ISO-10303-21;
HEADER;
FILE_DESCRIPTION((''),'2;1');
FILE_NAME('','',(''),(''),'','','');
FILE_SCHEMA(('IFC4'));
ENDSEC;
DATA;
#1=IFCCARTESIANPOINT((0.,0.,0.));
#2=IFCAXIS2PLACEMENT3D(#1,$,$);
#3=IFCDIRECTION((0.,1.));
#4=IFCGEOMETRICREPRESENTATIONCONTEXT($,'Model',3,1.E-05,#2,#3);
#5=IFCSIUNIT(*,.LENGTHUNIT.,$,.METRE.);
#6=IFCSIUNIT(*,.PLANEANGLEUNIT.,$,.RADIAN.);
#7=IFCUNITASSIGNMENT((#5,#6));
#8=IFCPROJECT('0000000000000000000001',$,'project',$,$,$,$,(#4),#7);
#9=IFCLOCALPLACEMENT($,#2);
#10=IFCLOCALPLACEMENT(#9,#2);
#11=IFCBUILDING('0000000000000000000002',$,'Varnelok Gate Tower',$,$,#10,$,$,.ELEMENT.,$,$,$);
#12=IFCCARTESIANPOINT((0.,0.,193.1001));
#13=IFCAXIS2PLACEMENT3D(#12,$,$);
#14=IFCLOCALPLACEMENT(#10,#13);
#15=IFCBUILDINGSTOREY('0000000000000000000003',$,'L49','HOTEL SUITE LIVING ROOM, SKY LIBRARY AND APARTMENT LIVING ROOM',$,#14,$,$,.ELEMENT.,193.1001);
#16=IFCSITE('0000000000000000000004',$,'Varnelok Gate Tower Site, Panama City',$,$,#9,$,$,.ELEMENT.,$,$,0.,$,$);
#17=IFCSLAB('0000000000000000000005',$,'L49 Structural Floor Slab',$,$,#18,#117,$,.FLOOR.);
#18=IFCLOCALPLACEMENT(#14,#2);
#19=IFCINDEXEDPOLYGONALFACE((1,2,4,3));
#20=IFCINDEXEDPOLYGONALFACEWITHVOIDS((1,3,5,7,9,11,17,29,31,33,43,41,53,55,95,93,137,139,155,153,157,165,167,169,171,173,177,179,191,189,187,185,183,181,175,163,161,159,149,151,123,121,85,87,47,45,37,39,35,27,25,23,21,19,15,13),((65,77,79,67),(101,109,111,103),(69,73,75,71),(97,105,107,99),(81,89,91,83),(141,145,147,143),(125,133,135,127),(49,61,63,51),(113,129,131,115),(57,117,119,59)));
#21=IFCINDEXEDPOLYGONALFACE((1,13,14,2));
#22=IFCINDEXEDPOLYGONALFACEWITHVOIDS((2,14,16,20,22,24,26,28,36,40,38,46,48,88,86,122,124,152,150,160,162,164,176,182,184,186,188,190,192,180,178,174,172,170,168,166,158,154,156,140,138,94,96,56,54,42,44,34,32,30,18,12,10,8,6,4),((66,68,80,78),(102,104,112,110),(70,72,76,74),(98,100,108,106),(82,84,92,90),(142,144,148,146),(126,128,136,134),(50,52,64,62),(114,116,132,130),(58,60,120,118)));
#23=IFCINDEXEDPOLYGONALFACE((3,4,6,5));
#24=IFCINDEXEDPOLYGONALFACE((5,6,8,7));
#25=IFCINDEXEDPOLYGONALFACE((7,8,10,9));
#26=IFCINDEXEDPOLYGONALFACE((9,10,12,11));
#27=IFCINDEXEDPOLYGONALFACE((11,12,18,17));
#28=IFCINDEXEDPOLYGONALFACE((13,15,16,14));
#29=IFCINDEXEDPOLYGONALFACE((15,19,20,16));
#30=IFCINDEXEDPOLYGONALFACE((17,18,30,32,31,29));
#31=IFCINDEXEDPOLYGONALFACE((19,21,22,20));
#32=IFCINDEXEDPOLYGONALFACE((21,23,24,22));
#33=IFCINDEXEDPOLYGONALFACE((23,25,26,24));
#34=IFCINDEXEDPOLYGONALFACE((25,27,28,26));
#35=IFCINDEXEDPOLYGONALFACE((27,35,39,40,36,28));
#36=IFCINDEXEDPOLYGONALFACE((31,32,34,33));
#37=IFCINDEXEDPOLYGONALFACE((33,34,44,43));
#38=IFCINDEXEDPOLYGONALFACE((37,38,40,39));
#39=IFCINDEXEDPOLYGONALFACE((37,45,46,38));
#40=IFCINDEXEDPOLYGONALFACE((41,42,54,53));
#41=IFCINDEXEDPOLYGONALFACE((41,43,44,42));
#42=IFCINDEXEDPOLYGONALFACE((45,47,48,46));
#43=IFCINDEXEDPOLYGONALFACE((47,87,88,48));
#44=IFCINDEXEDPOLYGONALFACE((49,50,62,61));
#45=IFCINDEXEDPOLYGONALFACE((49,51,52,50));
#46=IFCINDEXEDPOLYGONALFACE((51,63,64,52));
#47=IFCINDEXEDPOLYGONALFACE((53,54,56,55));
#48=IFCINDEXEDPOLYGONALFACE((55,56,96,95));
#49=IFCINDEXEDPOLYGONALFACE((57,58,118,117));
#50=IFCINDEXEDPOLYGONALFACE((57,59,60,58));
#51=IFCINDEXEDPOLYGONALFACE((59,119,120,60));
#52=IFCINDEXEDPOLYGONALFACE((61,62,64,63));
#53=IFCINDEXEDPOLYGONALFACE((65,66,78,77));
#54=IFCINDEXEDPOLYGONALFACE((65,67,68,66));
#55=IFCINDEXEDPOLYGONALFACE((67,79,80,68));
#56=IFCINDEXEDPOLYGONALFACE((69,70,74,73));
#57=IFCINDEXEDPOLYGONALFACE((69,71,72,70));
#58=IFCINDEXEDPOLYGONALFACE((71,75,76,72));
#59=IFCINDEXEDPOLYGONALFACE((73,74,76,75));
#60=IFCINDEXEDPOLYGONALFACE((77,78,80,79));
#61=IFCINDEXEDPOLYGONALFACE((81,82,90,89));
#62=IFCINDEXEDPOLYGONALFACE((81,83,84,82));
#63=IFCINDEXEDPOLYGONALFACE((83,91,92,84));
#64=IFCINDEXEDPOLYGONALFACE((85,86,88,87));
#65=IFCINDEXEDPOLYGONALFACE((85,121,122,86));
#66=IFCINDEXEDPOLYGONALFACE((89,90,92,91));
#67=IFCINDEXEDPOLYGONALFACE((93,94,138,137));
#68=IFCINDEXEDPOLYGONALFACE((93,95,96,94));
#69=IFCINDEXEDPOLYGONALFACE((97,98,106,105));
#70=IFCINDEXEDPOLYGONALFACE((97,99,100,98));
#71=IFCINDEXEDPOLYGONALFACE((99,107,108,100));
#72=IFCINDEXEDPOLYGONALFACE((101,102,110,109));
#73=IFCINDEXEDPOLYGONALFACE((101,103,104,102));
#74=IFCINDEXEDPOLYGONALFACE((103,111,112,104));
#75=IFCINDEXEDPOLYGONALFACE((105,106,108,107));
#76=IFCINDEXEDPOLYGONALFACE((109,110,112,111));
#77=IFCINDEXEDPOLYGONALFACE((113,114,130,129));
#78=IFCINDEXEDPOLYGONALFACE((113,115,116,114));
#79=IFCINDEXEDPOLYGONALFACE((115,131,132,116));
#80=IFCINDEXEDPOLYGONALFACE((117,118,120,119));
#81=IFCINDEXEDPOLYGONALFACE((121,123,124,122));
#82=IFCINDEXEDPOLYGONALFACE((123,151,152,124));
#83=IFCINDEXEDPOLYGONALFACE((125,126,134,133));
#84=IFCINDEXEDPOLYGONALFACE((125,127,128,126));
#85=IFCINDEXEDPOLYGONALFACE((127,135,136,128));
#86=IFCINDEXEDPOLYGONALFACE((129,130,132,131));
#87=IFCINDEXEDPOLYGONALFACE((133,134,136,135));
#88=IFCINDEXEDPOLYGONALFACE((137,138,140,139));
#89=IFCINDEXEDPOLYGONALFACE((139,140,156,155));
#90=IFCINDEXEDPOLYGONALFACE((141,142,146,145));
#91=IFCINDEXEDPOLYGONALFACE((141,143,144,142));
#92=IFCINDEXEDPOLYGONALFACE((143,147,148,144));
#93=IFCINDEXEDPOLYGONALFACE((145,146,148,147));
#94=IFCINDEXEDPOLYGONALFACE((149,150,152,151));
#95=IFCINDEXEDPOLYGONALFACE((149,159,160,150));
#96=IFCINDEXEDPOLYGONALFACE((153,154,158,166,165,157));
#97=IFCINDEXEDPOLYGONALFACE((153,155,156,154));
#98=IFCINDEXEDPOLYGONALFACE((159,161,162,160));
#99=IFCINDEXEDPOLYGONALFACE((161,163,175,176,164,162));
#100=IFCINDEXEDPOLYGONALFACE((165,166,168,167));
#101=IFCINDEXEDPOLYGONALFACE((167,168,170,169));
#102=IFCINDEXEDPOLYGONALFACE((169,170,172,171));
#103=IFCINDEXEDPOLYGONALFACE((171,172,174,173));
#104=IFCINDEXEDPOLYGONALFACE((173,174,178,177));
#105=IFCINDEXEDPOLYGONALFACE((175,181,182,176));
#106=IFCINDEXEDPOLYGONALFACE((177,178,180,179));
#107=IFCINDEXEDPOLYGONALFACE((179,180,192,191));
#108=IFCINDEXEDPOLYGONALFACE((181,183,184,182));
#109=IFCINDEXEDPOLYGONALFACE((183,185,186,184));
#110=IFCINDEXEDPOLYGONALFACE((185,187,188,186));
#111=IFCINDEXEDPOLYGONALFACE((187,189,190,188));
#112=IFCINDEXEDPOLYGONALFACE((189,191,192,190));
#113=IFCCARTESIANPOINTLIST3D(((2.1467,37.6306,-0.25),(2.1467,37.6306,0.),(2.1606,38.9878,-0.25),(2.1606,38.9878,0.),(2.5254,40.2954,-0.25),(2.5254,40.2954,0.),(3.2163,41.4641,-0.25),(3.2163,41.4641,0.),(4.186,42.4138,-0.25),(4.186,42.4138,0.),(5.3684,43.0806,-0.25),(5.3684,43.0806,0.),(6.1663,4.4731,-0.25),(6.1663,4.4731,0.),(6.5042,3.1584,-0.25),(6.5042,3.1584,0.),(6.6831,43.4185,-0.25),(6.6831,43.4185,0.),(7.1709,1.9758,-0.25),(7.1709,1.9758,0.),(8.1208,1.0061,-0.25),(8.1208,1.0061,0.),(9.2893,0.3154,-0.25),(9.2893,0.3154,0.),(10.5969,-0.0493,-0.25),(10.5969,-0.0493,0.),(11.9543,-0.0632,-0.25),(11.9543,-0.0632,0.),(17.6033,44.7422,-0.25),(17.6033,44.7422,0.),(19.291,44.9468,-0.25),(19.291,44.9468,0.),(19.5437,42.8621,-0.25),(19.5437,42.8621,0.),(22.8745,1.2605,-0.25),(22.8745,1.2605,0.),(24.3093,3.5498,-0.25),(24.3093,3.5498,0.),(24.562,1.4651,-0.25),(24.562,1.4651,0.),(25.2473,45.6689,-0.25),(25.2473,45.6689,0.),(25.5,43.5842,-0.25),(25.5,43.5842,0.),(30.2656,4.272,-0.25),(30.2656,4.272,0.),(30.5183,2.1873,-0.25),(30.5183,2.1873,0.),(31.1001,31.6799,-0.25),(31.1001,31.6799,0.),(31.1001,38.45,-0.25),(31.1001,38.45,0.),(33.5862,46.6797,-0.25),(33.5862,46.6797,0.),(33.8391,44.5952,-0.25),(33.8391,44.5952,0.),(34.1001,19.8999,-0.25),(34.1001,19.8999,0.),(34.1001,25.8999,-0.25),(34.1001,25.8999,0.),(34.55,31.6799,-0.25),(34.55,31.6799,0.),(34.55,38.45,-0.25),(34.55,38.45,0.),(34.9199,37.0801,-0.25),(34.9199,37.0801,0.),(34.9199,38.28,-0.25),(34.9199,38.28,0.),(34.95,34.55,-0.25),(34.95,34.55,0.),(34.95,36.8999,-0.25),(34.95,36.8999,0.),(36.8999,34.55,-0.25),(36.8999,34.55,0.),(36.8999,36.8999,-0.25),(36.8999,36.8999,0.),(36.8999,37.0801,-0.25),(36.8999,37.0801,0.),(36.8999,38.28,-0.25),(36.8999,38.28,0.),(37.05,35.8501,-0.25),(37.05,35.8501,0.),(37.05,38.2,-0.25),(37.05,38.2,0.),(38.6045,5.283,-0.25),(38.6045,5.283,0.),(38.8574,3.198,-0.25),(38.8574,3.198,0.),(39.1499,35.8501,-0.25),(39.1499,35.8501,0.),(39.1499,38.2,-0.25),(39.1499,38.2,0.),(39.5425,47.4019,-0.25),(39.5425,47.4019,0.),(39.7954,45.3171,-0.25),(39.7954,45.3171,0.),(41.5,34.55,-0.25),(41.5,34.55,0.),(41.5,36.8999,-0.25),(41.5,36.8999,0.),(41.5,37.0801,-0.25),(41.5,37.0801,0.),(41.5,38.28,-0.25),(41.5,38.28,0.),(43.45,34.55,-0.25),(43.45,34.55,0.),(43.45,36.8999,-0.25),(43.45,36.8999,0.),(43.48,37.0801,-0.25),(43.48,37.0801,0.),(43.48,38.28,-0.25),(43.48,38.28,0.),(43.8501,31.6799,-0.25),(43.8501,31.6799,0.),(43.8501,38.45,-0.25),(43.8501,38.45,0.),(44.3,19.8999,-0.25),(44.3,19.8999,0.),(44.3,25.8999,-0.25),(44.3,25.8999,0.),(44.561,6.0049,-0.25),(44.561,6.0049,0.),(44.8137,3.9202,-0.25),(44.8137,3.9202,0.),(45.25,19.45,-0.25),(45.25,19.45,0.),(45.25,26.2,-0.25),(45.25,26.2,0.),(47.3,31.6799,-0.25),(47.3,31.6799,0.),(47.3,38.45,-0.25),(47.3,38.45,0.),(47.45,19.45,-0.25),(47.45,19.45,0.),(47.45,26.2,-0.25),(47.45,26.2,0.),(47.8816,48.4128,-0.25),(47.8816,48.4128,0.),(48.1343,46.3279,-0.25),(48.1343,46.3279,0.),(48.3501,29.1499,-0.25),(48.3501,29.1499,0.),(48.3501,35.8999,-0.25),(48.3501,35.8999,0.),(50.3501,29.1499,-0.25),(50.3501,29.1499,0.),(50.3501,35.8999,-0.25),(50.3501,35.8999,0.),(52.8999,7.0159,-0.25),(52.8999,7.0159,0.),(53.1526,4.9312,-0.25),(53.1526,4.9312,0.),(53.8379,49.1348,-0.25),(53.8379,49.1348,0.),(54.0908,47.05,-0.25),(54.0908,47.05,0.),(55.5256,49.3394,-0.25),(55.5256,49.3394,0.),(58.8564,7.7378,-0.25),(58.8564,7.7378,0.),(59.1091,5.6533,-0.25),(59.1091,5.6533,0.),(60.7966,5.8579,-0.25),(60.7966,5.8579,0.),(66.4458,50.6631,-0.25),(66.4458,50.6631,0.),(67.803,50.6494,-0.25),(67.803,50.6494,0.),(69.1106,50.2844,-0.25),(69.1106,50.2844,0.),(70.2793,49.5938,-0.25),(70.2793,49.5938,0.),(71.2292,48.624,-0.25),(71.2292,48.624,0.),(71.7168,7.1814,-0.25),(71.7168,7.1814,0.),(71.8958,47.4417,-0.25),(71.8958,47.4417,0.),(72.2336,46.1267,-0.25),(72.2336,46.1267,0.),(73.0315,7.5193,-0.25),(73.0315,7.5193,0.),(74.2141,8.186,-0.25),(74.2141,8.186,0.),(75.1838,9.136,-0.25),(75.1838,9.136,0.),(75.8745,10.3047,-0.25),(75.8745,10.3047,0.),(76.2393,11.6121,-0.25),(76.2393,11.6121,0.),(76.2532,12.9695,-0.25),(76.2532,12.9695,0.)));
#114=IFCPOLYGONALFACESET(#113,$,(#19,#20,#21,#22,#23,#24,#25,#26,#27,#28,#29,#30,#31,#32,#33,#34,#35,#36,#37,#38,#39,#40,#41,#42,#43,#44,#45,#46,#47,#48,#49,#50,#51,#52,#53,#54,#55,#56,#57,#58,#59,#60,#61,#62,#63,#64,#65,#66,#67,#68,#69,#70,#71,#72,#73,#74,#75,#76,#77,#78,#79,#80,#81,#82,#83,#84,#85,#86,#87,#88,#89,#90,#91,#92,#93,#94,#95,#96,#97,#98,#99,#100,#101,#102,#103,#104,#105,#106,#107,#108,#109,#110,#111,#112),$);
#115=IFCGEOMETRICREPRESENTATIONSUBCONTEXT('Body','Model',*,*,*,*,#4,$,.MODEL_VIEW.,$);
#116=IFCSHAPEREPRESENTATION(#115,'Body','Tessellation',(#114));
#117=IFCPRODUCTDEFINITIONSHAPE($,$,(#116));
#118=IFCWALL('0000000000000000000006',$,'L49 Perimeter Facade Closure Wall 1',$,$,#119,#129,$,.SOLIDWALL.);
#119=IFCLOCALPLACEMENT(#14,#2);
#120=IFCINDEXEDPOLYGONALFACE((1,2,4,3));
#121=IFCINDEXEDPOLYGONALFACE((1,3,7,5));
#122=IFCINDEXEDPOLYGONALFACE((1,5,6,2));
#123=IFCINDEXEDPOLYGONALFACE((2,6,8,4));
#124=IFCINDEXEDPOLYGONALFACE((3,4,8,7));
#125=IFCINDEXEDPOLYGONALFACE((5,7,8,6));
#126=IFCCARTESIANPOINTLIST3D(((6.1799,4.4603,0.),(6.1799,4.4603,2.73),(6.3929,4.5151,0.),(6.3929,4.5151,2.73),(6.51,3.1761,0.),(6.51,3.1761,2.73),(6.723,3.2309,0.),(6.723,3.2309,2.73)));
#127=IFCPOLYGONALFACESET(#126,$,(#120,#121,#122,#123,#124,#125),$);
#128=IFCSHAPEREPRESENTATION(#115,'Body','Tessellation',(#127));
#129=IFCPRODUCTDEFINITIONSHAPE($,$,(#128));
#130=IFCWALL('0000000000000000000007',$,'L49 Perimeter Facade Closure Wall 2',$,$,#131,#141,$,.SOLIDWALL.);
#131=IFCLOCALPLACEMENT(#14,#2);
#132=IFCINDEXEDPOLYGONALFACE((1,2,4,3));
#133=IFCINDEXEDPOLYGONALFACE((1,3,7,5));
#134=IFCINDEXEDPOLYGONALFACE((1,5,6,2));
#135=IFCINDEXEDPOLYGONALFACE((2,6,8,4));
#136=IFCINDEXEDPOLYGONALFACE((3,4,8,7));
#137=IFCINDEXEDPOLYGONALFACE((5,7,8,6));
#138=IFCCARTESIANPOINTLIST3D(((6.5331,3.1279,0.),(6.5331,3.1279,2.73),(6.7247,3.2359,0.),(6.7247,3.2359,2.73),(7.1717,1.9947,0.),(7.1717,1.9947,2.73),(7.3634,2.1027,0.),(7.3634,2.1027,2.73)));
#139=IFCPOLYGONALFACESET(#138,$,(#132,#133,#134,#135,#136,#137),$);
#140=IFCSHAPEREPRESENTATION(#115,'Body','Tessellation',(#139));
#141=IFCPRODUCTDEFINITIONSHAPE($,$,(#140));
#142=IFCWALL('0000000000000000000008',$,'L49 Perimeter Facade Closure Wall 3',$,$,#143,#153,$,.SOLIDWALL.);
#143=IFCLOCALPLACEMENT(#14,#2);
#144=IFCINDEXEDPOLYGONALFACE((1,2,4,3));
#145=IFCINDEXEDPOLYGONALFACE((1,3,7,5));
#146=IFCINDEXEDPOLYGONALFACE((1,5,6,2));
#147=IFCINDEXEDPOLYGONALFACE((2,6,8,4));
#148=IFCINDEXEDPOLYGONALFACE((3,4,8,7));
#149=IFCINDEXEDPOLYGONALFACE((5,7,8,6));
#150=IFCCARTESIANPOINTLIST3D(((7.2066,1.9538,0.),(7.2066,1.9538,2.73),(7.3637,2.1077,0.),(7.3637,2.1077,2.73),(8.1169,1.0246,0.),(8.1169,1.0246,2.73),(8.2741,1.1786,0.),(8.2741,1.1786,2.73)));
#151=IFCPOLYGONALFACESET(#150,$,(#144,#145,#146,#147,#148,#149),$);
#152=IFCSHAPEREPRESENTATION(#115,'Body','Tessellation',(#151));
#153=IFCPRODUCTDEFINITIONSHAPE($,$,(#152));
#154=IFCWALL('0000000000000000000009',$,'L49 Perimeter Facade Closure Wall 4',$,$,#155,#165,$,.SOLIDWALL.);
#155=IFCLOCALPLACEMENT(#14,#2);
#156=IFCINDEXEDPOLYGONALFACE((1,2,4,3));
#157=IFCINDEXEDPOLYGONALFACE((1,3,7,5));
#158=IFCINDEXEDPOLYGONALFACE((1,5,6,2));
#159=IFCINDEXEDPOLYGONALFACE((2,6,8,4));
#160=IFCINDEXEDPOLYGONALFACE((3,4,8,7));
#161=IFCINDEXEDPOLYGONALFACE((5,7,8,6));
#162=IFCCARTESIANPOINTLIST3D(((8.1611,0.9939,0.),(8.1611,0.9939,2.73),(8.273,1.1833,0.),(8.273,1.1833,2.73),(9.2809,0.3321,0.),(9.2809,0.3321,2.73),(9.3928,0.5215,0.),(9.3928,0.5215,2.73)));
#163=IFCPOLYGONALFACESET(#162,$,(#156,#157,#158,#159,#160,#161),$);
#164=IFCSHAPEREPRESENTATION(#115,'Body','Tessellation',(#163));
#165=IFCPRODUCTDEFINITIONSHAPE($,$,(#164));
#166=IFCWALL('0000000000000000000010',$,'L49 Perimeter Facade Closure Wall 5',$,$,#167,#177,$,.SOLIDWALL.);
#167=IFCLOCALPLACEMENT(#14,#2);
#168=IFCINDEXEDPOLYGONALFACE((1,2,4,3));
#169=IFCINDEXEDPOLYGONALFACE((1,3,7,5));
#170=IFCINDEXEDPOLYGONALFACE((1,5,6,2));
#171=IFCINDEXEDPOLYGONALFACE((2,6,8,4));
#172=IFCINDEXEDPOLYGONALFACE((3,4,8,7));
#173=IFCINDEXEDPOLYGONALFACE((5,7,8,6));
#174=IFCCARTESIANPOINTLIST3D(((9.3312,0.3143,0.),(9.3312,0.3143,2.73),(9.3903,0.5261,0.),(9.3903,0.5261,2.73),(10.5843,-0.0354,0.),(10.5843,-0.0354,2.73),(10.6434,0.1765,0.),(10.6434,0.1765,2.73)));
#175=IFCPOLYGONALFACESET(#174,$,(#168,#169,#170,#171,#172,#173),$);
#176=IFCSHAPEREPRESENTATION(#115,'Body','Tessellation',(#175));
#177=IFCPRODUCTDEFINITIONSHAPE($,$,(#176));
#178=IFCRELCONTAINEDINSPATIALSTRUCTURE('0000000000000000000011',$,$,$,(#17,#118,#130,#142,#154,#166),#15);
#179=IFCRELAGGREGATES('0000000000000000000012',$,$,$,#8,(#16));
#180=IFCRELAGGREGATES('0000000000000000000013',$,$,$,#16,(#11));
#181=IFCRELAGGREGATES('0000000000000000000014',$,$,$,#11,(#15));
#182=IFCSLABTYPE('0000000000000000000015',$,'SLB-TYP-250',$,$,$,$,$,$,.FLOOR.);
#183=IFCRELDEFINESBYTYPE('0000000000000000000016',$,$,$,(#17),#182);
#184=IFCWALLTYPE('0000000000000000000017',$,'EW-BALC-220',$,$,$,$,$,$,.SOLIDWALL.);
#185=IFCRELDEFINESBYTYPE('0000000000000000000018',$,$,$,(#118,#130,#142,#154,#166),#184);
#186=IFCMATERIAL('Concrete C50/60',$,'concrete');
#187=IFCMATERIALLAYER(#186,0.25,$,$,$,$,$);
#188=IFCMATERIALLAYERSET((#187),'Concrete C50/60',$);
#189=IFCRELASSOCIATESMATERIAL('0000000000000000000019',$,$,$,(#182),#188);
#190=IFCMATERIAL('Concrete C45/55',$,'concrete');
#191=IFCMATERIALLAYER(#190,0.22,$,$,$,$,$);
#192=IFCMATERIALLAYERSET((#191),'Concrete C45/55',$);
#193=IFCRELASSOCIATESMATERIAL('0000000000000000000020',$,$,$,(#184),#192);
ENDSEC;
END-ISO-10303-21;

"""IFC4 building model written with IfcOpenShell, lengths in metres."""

from ifc_helpers import new_model, si_unit, direction, frame, frame_2d, origin, place, context, subcontext, project, spatial, polyline, rectangle, outline, extrude, material, layer, layer_set, type_object, element, save


model = new_model("IFC4")

# Units and contexts
model_context = context("Model", 3, precision=1e-05, world=origin(), true_north=direction((0.0, 1.0)))
body_context = subcontext(model_context, "Body", "Model", "MODEL_VIEW")
ifc_project = project(units=[si_unit("LENGTHUNIT", "METRE"), si_unit("PLANEANGLEUNIT", "RADIAN")], contexts=[model_context])

# Site, building, storey
site_placement = place(None, origin())
site = spatial("IfcSite", under=ifc_project, at=site_placement, Name="Varnelok Gate Tower Site, Panama City", CompositionType="ELEMENT", RefElevation=0.0)
building_placement = place(site_placement, origin())
building = spatial("IfcBuilding", under=site, at=building_placement, Name="Varnelok Gate Tower", CompositionType="ELEMENT")
storey_placement = place(building_placement, frame((0.0, 0.0, 193.1001)))
storey = spatial("IfcBuildingStorey", under=building, at=storey_placement, Name="L49", Description="HOTEL SUITE LIVING ROOM, SKY LIBRARY AND APARTMENT LIVING ROOM", CompositionType="ELEMENT", Elevation=193.1001)

# Shared definitions
ifc_material_1 = material(Name="Concrete C45/55", Category="concrete")

# Shared definitions
ifc_material_2 = material(Name="Concrete C50/60", Category="concrete")

# Slab
ifc_layer_1 = layer(ifc_material_2, 0.25)
ifc_layer_set_1 = layer_set([ifc_layer_1], Name="Concrete C50/60")
slab_type_1 = type_object("IfcSlabType", Name="SLB-TYP-250", PredefinedType="FLOOR", material=ifc_layer_set_1)
slab_1_placement = place(storey_placement, frame((0.0, 0.0, -0.25)))
element("IfcSlab", 1, at=slab_1_placement, inside=storey, type_object=slab_type_1, Name="L49 Structural Floor Slab", PredefinedType="FLOOR", context=body_context, shape_type="SweptSolid", body=[
    extrude(outline(polyline([(6.1663, 4.4731), (6.5042, 3.1584), (7.1709, 1.9758), (8.1208, 1.0061), (9.2893, 0.3154), (10.5969, -0.0493), (11.9543, -0.0632), (22.8745, 1.2605), (24.562, 1.4651), (24.3093, 3.5498), (30.2656, 4.272), (30.5183, 2.1873), (38.8574, 3.198), (38.6045, 5.283), (44.561, 6.0049), (44.8137, 3.9202), (53.1526, 4.9312), (52.8999, 7.0159), (58.8564, 7.7378), (59.1091, 5.6533), (60.7966, 5.8579), (71.7168, 7.1814), (73.0315, 7.5193), (74.2141, 8.186), (75.1838, 9.136), (75.8745, 10.3047), (76.2393, 11.6121), (76.2532, 12.9695), (72.2336, 46.1267), (71.8958, 47.4417), (71.2292, 48.624), (70.2793, 49.5938), (69.1106, 50.2844), (67.803, 50.6494), (66.4458, 50.6631), (55.5256, 49.3394), (53.8379, 49.1348), (54.0908, 47.05), (48.1343, 46.3279), (47.8816, 48.4128), (39.5425, 47.4019), (39.7954, 45.3171), (33.8391, 44.5952), (33.5862, 46.6797), (25.2473, 45.6689), (25.5, 43.5842), (19.5437, 42.8621), (19.291, 44.9468), (17.6033, 44.7422), (6.6831, 43.4185), (5.3684, 43.0806), (4.186, 42.4138), (3.2163, 41.4641), (2.5254, 40.2954), (2.1606, 38.9878), (2.1467, 37.6306), (6.1663, 4.4731)]), holes=[polyline([(34.55, 31.6799), (34.55, 38.45), (31.1001, 38.45), (31.1001, 31.6799), (34.55, 31.6799)]), polyline([(47.3, 31.6799), (47.3, 38.45), (43.8501, 38.45), (43.8501, 31.6799), (47.3, 31.6799)]), polyline([(34.95, 34.55), (36.8999, 34.55), (36.8999, 36.8999), (34.95, 36.8999), (34.95, 34.55)]), polyline([(41.5, 34.55), (43.45, 34.55), (43.45, 36.8999), (41.5, 36.8999), (41.5, 34.55)]), polyline([(37.05, 35.8501), (39.1499, 35.8501), (39.1499, 38.2), (37.05, 38.2), (37.05, 35.8501)]), polyline([(48.3501, 29.1499), (50.3501, 29.1499), (50.3501, 35.8999), (48.3501, 35.8999), (48.3501, 29.1499)]), polyline([(45.25, 19.45), (47.45, 19.45), (47.45, 26.2), (45.25, 26.2), (45.25, 19.45)]), polyline([(34.9199, 37.0801), (36.8999, 37.0801), (36.8999, 38.28), (34.9199, 38.28), (34.9199, 37.0801)]), polyline([(41.5, 37.0801), (43.48, 37.0801), (43.48, 38.28), (41.5, 38.28), (41.5, 37.0801)]), polyline([(34.1001, 19.8999), (44.3, 19.8999), (44.3, 25.8999), (34.1001, 25.8999), (34.1001, 19.8999)])]), origin(), (0.0, 0.0, 1.0), 0.25),
])

# Walls
ifc_layer_2 = layer(ifc_material_1, 0.22)
ifc_layer_set_2 = layer_set([ifc_layer_2], Name="Concrete C45/55")
wall_type_1 = type_object("IfcWallType", Name="EW-BALC-220", PredefinedType="SOLIDWALL", material=ifc_layer_set_2)
wall_1_placement = place(storey_placement, frame((6.2864, 4.4878, 0.0), z_axis=(0.0, 0.0, 1.0), x_axis=(0.248942, -0.968518, 0.0)))
element("IfcWall", 2, at=wall_1_placement, inside=storey, type_object=wall_type_1, Name="L49 Perimeter Facade Closure Wall 1", PredefinedType="SOLIDWALL", context=body_context, shape_type="SweptSolid", body=[
    extrude(rectangle(XDim=1.3259, YDim=0.22, at=frame_2d((0.6631, 0.0))), origin(), (0.0, 0.0, 1.0), 2.73),
])
for number, where, z_axis, x_axis, name in (
    (3, (6.6289, 3.1819, 0.0), (0.0, 0.0, 1.0), (0.490956, -0.871184, 0.0), "L49 Perimeter Facade Closure Wall 2"),
    (4, (7.2852, 2.0308, 0.0), (0.0, 0.0, 1.0), (0.699844, -0.714295, 0.0), "L49 Perimeter Facade Closure Wall 3"),
    (5, (8.217, 1.0886, 0.0), (0.0, 0.0, 1.0), (0.860885, -0.508799, 0.0), "L49 Perimeter Facade Closure Wall 4"),
):
    element("IfcWall", number, at=place(storey_placement, frame(where, z_axis=z_axis, x_axis=x_axis)), inside=storey, type_object=wall_type_1, Name=name, PredefinedType="SOLIDWALL", context=body_context, shape_type="SweptSolid", body=[
        extrude(rectangle(XDim=1.3008, YDim=0.22, at=frame_2d((0.6504, 0.0))), origin(), (0.0, 0.0, 1.0), 2.73),
    ])
wall_2_placement = place(storey_placement, frame((9.3608, 0.4202, 0.0), z_axis=(0.0, 0.0, 1.0), x_axis=(0.963219, -0.268718, 0.0)))
element("IfcWall", 6, at=wall_2_placement, inside=storey, type_object=wall_type_1, Name="L49 Perimeter Facade Closure Wall 5", PredefinedType="SOLIDWALL", context=body_context, shape_type="SweptSolid", body=[
    extrude(rectangle(XDim=1.301, YDim=0.22, at=frame_2d((0.6504, 0.0))), origin(), (0.0, 0.0, 1.0), 2.73),
])

save(model, "model.ifc")
